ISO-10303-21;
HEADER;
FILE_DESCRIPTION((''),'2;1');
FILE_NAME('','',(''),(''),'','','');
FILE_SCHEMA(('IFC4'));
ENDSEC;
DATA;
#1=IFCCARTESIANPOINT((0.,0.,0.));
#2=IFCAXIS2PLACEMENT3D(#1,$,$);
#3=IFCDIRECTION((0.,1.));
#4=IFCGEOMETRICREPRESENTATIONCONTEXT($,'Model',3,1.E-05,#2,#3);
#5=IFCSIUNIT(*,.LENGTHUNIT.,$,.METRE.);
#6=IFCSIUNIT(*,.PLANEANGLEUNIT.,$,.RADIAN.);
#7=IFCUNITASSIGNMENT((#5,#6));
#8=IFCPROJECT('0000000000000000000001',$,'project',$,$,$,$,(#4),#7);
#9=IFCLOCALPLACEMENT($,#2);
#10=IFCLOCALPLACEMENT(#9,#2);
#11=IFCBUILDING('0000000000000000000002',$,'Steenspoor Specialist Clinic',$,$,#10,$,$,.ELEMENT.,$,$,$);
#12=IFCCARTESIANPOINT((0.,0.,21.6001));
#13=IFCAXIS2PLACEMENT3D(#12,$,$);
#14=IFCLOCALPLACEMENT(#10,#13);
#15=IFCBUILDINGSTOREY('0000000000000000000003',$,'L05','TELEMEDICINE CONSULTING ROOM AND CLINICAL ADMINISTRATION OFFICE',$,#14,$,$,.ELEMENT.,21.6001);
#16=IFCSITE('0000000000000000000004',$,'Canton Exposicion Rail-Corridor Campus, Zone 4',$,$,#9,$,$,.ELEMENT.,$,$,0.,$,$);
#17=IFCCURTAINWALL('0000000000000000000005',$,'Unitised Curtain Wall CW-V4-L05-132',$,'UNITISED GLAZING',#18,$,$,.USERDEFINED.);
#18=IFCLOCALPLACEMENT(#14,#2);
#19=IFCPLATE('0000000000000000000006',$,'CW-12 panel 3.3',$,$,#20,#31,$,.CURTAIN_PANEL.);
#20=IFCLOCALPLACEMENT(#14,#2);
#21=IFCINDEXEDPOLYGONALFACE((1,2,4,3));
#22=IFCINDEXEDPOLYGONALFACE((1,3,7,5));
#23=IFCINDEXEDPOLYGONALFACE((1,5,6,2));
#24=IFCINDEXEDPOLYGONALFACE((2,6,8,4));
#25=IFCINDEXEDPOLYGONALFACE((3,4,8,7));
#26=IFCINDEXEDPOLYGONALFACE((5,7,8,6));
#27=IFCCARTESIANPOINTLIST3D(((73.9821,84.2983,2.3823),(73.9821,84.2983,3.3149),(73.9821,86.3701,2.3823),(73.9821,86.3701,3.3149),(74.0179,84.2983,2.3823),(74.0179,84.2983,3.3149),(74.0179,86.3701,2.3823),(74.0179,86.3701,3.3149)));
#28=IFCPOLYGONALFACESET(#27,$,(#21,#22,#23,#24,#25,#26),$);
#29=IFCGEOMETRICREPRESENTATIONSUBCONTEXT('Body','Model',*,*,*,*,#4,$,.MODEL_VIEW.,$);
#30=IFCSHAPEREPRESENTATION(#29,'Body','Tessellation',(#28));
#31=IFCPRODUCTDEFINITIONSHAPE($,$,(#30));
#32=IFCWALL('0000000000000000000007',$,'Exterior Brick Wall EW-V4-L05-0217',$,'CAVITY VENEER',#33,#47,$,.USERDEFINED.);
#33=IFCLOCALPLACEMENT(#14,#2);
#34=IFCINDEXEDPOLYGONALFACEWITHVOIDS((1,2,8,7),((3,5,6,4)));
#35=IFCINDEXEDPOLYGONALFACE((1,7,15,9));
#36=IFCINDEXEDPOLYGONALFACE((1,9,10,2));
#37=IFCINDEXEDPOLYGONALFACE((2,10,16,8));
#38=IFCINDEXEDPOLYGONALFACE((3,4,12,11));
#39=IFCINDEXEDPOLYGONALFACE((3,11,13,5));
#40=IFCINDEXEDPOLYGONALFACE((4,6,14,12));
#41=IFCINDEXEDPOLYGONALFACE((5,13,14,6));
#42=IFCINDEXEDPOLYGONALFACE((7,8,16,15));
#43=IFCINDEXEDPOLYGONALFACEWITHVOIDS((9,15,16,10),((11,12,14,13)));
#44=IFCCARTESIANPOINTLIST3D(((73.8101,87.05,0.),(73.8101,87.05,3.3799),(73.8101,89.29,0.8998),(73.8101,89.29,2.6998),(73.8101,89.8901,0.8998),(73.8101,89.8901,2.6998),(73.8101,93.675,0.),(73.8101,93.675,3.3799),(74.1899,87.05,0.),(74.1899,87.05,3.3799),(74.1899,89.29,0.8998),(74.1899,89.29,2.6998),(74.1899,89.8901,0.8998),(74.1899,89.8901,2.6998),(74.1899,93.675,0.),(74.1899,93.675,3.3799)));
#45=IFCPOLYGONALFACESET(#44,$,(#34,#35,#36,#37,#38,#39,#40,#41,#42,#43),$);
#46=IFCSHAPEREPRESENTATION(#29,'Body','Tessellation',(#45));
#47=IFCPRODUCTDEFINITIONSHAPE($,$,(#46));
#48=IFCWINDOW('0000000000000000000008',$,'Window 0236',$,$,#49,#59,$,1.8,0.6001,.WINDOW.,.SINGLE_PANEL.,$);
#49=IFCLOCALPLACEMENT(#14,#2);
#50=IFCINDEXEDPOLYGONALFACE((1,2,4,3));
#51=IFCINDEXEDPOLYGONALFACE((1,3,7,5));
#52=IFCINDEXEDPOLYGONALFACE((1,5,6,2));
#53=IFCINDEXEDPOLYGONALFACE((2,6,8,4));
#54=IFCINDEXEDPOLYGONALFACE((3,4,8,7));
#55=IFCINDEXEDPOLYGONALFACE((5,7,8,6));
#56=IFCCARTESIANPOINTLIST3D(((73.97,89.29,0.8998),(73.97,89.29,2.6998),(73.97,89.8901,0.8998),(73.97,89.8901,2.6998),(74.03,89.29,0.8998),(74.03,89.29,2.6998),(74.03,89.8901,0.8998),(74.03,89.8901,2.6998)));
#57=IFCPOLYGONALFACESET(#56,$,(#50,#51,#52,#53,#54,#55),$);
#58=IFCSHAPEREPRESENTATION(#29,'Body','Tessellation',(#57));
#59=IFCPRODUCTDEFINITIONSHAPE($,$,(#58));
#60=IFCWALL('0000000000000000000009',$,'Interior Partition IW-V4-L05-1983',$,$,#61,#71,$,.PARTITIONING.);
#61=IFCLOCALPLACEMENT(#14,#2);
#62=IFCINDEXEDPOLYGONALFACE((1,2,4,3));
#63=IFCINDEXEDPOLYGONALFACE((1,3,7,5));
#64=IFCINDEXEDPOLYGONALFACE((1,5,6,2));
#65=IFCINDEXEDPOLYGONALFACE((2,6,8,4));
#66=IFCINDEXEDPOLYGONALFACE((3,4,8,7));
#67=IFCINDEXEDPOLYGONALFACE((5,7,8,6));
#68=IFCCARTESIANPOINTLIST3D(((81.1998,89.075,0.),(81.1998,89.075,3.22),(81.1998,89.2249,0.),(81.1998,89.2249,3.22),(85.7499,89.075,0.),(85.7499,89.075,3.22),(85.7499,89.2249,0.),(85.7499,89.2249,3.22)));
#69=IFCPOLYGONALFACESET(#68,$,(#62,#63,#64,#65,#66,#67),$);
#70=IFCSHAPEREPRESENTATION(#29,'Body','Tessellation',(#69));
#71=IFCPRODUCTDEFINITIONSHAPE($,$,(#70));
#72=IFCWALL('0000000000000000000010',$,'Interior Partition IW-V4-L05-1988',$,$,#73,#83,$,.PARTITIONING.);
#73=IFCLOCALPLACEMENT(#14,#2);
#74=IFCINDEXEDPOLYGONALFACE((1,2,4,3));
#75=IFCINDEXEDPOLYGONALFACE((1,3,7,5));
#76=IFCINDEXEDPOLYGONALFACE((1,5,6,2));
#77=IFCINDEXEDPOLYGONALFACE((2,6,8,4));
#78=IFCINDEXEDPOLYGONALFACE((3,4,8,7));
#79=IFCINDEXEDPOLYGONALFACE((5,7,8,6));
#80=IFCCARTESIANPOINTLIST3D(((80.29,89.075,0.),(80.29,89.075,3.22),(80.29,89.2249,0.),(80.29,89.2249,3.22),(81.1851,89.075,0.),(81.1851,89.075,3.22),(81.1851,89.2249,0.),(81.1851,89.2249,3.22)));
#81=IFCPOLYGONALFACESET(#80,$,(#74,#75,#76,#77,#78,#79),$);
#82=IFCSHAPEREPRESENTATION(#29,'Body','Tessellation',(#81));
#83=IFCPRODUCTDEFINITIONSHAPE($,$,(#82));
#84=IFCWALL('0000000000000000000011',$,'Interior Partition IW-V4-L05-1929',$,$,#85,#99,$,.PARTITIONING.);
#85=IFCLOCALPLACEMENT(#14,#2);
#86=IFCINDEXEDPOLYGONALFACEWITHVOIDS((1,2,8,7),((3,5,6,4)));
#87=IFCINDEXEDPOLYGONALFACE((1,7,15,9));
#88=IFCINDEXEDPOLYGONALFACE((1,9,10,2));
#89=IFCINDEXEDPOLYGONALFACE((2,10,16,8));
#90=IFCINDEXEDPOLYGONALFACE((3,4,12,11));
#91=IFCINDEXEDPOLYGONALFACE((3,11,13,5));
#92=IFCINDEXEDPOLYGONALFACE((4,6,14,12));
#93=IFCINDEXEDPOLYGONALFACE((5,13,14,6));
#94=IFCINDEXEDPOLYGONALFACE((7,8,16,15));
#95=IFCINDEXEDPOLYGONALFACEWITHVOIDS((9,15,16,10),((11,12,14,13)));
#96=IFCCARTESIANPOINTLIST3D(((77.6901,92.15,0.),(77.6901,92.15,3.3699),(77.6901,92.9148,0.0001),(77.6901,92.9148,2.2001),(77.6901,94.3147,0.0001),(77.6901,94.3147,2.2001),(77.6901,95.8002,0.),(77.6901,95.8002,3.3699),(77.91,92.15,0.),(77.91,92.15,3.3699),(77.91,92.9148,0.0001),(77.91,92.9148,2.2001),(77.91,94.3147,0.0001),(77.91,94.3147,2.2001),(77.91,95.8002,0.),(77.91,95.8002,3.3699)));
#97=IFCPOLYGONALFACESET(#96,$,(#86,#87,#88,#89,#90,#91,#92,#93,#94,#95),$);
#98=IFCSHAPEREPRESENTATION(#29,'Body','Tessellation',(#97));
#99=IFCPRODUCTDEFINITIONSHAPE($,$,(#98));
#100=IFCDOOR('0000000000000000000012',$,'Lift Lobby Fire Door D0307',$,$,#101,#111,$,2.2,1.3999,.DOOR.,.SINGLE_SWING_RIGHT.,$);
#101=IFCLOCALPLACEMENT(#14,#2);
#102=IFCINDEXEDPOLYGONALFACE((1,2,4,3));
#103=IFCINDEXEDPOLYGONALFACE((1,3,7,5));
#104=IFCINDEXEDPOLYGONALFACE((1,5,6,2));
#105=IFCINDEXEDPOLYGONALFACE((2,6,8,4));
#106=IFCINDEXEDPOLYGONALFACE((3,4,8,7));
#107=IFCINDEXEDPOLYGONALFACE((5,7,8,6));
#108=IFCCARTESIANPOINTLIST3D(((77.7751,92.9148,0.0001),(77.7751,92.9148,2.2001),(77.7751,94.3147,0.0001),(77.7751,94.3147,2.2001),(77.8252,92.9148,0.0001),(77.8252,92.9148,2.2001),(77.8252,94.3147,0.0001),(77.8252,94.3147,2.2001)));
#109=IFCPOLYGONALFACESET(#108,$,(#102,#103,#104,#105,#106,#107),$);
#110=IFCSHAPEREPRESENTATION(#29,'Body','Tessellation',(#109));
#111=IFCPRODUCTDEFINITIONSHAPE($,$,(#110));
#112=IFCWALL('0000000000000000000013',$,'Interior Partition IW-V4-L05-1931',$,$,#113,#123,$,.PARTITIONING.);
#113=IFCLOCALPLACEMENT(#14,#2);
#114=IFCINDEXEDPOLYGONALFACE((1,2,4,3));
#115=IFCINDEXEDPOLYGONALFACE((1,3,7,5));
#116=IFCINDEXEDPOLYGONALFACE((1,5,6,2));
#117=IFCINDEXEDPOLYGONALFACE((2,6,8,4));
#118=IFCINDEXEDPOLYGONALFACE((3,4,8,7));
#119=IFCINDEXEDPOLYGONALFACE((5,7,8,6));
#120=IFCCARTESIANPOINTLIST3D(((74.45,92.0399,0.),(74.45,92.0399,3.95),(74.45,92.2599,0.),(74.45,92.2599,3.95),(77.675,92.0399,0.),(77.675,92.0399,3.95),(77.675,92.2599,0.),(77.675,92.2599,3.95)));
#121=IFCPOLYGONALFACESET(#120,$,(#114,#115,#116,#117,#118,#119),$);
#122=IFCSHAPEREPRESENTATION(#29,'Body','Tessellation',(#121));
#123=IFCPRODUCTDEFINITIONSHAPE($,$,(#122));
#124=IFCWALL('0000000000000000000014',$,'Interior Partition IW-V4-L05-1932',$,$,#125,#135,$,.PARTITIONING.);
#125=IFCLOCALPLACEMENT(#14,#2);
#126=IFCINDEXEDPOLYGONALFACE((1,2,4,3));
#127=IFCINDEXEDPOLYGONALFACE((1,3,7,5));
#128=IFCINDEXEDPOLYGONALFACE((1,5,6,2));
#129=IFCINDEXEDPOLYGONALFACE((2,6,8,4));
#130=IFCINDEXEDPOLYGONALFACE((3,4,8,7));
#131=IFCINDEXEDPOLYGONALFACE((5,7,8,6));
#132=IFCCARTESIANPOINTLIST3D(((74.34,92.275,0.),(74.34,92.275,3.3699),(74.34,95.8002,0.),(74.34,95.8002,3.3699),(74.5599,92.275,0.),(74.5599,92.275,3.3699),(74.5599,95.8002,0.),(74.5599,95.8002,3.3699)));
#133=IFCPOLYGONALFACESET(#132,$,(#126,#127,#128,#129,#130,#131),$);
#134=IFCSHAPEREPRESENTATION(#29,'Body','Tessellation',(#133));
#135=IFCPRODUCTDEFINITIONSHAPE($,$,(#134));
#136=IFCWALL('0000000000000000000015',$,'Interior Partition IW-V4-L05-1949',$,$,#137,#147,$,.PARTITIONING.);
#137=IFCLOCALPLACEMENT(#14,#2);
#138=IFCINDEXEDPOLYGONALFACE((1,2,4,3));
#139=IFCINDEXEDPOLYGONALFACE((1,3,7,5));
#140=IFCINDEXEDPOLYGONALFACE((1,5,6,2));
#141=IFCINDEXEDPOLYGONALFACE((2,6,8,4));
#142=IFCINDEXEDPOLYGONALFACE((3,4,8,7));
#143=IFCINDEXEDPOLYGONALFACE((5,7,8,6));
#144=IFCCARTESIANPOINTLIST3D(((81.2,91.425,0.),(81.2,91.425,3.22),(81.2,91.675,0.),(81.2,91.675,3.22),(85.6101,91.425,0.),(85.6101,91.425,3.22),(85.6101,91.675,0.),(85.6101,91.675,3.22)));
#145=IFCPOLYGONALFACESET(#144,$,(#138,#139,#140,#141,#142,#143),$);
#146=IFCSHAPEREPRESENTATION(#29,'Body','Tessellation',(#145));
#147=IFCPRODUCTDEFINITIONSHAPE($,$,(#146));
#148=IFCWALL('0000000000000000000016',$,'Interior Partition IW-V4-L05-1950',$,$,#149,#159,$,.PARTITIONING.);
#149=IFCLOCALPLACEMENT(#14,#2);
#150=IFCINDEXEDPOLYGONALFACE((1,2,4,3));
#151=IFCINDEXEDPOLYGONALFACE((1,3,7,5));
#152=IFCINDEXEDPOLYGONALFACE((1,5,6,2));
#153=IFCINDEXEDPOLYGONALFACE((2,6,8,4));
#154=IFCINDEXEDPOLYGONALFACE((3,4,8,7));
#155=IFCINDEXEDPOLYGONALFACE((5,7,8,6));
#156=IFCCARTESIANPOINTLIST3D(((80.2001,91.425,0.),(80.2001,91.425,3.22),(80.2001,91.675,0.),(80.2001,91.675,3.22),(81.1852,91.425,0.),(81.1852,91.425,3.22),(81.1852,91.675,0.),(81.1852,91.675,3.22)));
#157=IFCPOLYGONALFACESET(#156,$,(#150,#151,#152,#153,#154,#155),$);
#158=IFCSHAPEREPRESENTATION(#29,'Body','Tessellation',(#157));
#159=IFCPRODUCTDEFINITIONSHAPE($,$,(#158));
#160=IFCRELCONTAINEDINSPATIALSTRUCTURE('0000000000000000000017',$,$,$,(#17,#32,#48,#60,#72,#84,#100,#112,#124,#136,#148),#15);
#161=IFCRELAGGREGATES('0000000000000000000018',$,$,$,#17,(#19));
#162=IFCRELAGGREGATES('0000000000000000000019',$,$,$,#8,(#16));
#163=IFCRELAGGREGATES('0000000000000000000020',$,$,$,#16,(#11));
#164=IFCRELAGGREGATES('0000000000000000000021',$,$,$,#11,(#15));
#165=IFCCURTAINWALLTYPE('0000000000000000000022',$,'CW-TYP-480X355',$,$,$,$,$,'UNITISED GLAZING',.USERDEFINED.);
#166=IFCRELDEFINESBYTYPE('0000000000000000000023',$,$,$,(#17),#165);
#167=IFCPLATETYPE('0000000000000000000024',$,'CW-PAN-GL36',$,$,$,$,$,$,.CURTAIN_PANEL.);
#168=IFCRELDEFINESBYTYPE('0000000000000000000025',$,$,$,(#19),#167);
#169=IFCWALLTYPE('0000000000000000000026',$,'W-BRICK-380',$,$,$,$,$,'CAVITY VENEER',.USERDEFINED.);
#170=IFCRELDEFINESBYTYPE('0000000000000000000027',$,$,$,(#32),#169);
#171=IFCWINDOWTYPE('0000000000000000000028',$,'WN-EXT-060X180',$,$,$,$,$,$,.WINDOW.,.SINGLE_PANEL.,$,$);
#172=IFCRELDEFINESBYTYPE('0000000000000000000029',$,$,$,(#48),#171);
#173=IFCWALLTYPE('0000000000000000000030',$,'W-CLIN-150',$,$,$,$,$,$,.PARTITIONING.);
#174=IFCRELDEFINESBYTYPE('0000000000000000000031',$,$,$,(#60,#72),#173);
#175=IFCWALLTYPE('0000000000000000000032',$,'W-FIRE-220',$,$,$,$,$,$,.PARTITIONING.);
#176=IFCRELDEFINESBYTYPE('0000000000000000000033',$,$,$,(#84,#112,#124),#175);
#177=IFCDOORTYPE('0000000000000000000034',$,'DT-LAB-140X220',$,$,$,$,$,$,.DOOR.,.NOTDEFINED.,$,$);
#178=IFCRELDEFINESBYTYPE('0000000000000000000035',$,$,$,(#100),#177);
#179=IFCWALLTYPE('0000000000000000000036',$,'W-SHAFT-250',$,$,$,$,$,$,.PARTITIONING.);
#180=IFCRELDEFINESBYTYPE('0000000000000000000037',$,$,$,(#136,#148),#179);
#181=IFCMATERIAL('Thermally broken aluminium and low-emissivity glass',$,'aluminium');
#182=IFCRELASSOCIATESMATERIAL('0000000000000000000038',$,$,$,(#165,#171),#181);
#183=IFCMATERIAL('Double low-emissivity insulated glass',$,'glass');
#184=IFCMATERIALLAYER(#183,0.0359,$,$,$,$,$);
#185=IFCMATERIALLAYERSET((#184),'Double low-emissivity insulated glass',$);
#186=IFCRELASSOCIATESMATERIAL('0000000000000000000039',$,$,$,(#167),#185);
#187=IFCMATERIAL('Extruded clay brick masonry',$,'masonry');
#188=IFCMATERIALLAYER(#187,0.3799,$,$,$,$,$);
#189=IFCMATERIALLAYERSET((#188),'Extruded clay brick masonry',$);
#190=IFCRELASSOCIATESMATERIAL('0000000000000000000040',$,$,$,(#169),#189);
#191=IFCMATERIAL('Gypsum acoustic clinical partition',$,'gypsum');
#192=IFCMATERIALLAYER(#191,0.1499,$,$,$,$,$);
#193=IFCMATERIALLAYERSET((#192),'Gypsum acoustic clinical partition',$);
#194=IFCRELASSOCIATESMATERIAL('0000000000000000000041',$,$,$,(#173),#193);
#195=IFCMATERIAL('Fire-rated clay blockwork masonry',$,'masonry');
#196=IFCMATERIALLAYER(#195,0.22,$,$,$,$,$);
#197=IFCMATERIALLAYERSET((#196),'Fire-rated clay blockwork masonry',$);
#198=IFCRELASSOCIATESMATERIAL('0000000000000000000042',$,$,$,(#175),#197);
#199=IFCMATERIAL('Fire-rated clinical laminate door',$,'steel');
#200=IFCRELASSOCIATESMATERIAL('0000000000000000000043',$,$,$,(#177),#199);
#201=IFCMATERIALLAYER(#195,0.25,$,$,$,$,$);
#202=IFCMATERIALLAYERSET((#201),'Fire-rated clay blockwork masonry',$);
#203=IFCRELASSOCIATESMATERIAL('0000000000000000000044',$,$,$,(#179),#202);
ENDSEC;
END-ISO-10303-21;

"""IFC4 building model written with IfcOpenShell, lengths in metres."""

from ifc_helpers import new_model, si_unit, direction, frame, frame_2d, origin, origin_2d, place, context, subcontext, project, spatial, rectangle, extrude, material, layer, layer_set, type_object, element, fill, aggregate, save


model = new_model("IFC4")

# Units and contexts
model_context = context("Model", 3, precision=1e-05, world=origin(), true_north=direction((0.0, 1.0)))
body_context = subcontext(model_context, "Body", "Model", "MODEL_VIEW")
ifc_project = project(units=[si_unit("LENGTHUNIT", "METRE"), si_unit("PLANEANGLEUNIT", "RADIAN")], contexts=[model_context])

# Site, building, storey
site_placement = place(None, origin())
site = spatial("IfcSite", under=ifc_project, at=site_placement, Name="Canton Exposicion Rail-Corridor Campus, Zone 4", CompositionType="ELEMENT", RefElevation=0.0)
building_placement = place(site_placement, origin())
building = spatial("IfcBuilding", under=site, at=building_placement, Name="Steenspoor Specialist Clinic", CompositionType="ELEMENT")
storey_placement = place(building_placement, frame((0.0, 0.0, 21.6001)))
storey = spatial("IfcBuildingStorey", under=building, at=storey_placement, Name="L05", Description="TELEMEDICINE CONSULTING ROOM AND CLINICAL ADMINISTRATION OFFICE", CompositionType="ELEMENT", Elevation=21.6001)

# Curtain wall, plate
ifc_material_1 = material(Name="Thermally broken aluminium and low-emissivity glass", Category="aluminium")
curtain_wall_type = type_object("IfcCurtainWallType", Name="CW-TYP-480X355", ElementType="UNITISED GLAZING", PredefinedType="USERDEFINED", material=ifc_material_1)
curtain_wall_placement = place(storey_placement, origin())
curtain_wall = element("IfcCurtainWall", 1, at=curtain_wall_placement, inside=storey, type_object=curtain_wall_type, Name="Unitised Curtain Wall CW-V4-L05-132", ObjectType="UNITISED GLAZING", PredefinedType="USERDEFINED")
ifc_material_2 = material(Name="Double low-emissivity insulated glass", Category="glass")
ifc_layer_1 = layer(ifc_material_2, 0.0359)
ifc_layer_set_1 = layer_set([ifc_layer_1], Name="Double low-emissivity insulated glass")
plate_type = type_object("IfcPlateType", Name="CW-PAN-GL36", PredefinedType="CURTAIN_PANEL", material=ifc_layer_set_1)
plate_1_placement = place(storey_placement, frame((74.0, 85.3342, 2.3823), z_axis=(0.0, 0.0, 1.0), x_axis=(0.0, 1.0, 0.0)))
plate_1 = element("IfcPlate", 2, at=plate_1_placement, type_object=plate_type, Name="CW-12 panel 3.3", PredefinedType="CURTAIN_PANEL", context=body_context, shape_type="SweptSolid", body=[
    extrude(rectangle(XDim=2.0718, YDim=0.0359, at=origin_2d()), origin(), (0.0, 0.0, 1.0), 0.9326),
])
aggregate(curtain_wall, [plate_1])

# Wall, opening, window
ifc_material_3 = material(Name="Extruded clay brick masonry", Category="masonry")
ifc_layer_2 = layer(ifc_material_3, 0.3799)
ifc_layer_set_2 = layer_set([ifc_layer_2], Name="Extruded clay brick masonry")
wall_type_1 = type_object("IfcWallType", Name="W-BRICK-380", ElementType="CAVITY VENEER", PredefinedType="USERDEFINED", material=ifc_layer_set_2)
wall_1_placement = place(storey_placement, frame((74.0, 87.05, 0.0), z_axis=(0.0, 0.0, 1.0), x_axis=(0.0, 1.0, 0.0)))
wall_1 = element("IfcWall", 3, at=wall_1_placement, inside=storey, type_object=wall_type_1, Name="Exterior Brick Wall EW-V4-L05-0217", ObjectType="CAVITY VENEER", PredefinedType="USERDEFINED", context=body_context, shape_type="SweptSolid", body=[
    extrude(rectangle(XDim=6.625, YDim=0.3799, at=frame_2d((3.3125, 0.0))), origin(), (0.0, 0.0, 1.0), 3.3799),
])
opening_1_placement = place(wall_1_placement, frame((2.24, 0.0, 0.8999)))
opening_1 = element("IfcOpeningElement", 4, at=opening_1_placement, cuts=wall_1, PredefinedType="OPENING", context=body_context, shape_type="SweptSolid", body=[
    extrude(rectangle(XDim=0.6001, YDim=1.8, at=frame_2d((0.3, 0.8999))), frame((0.0, 0.2, 0.0), z_axis=(0.0, -1.0, 0.0), x_axis=(1.0, 0.0, 0.0)), (0.0, 0.0, 1.0), 0.3999),
])
window_type = type_object("IfcWindowType", Name="WN-EXT-060X180", PartitioningType="SINGLE_PANEL", PredefinedType="WINDOW", material=ifc_material_1)
window_placement = place(opening_1_placement, origin())
window = element("IfcWindow", 5, at=window_placement, inside=storey, type_object=window_type, Name="Window 0236", OverallHeight=1.8, OverallWidth=0.6001, PartitioningType="SINGLE_PANEL", PredefinedType="WINDOW", context=body_context, shape_type="SweptSolid", body=[
    extrude(rectangle(XDim=0.6001, YDim=1.8, at=frame_2d((0.3, 0.8999))), frame((0.0, 0.03, 0.0), z_axis=(0.0, -1.0, 0.0), x_axis=(1.0, 0.0, 0.0)), (0.0, 0.0, 1.0), 0.0601),
])
fill(opening_1, window)

# Walls
ifc_material_4 = material(Name="Gypsum acoustic clinical partition", Category="gypsum")
ifc_layer_3 = layer(ifc_material_4, 0.1499)
ifc_layer_set_3 = layer_set([ifc_layer_3], Name="Gypsum acoustic clinical partition")
wall_type_2 = type_object("IfcWallType", Name="W-CLIN-150", PredefinedType="PARTITIONING", material=ifc_layer_set_3)
wall_2_placement = place(storey_placement, frame((81.2, 89.1499, 0.0), z_axis=(0.0, 0.0, 1.0), x_axis=(1.0, 0.0, 0.0)))
element("IfcWall", 6, at=wall_2_placement, inside=storey, type_object=wall_type_2, Name="Interior Partition IW-V4-L05-1983", PredefinedType="PARTITIONING", context=body_context, shape_type="SweptSolid", body=[
    extrude(rectangle(XDim=4.55, YDim=0.1499, at=frame_2d((2.2749, 0.0))), origin(), (0.0, 0.0, 1.0), 3.22),
])
wall_3_placement = place(storey_placement, frame((80.29, 89.1499, 0.0), z_axis=(0.0, 0.0, 1.0), x_axis=(1.0, 0.0, 0.0)))
element("IfcWall", 7, at=wall_3_placement, inside=storey, type_object=wall_type_2, Name="Interior Partition IW-V4-L05-1988", PredefinedType="PARTITIONING", context=body_context, shape_type="SweptSolid", body=[
    extrude(rectangle(XDim=0.895, YDim=0.1499, at=frame_2d((0.4475, 0.0))), origin(), (0.0, 0.0, 1.0), 3.22),
])

# Wall, opening, door
ifc_material_5 = material(Name="Fire-rated clay blockwork masonry", Category="masonry")
ifc_layer_4 = layer(ifc_material_5, 0.22)
ifc_layer_set_4 = layer_set([ifc_layer_4], Name="Fire-rated clay blockwork masonry")
wall_type_3 = type_object("IfcWallType", Name="W-FIRE-220", PredefinedType="PARTITIONING", material=ifc_layer_set_4)
wall_4_placement = place(storey_placement, frame((77.8, 92.1499, 0.0), z_axis=(0.0, 0.0, 1.0), x_axis=(0.0, 1.0, 0.0)))
wall_4 = element("IfcWall", 8, at=wall_4_placement, inside=storey, type_object=wall_type_3, Name="Interior Partition IW-V4-L05-1929", PredefinedType="PARTITIONING", context=body_context, shape_type="SweptSolid", body=[
    extrude(rectangle(XDim=3.6501, YDim=0.22, at=frame_2d((1.8252, 0.0))), origin(), (0.0, 0.0, 1.0), 3.3699),
])
opening_2_placement = place(wall_4_placement, frame((0.7649, 0.0, 0.0)))
opening_2 = element("IfcOpeningElement", 9, at=opening_2_placement, cuts=wall_4, PredefinedType="OPENING", context=body_context, shape_type="SweptSolid", body=[
    extrude(rectangle(XDim=1.3999, YDim=2.2, at=frame_2d((0.7, 1.1001))), frame((0.0, 0.1201, 0.0), z_axis=(0.0, -1.0, 0.0), x_axis=(1.0, 0.0, 0.0)), (0.0, 0.0, 1.0), 0.24),
])
ifc_material_6 = material(Name="Fire-rated clinical laminate door", Category="steel")
door_type_1 = type_object("IfcDoorType", Name="DT-LAB-140X220", OperationType="NOTDEFINED", PredefinedType="DOOR", material=ifc_material_6)
door_1_placement = place(opening_2_placement, origin())
door_1 = element("IfcDoor", 10, at=door_1_placement, inside=storey, type_object=door_type_1, Name="Lift Lobby Fire Door D0307", OperationType="SINGLE_SWING_RIGHT", OverallHeight=2.2, OverallWidth=1.3999, PredefinedType="DOOR", context=body_context, shape_type="SweptSolid", body=[
    extrude(rectangle(XDim=1.3999, YDim=2.2, at=frame_2d((0.7, 1.1001))), frame((0.0, 0.0249, 0.0), z_axis=(0.0, -1.0, 0.0), x_axis=(1.0, 0.0, 0.0)), (0.0, 0.0, 1.0), 0.05),
])
fill(opening_2, door_1)

# Walls
wall_5_placement = place(storey_placement, frame((74.45, 92.1499, 0.0), z_axis=(0.0, 0.0, 1.0), x_axis=(1.0, 0.0, 0.0)))
element("IfcWall", 11, at=wall_5_placement, inside=storey, type_object=wall_type_3, Name="Interior Partition IW-V4-L05-1931", PredefinedType="PARTITIONING", context=body_context, shape_type="SweptSolid", body=[
    extrude(rectangle(XDim=3.2251, YDim=0.22, at=frame_2d((1.6125, 0.0))), origin(), (0.0, 0.0, 1.0), 3.95),
])
wall_6_placement = place(storey_placement, frame((74.45, 92.2749, 0.0), z_axis=(0.0, 0.0, 1.0), x_axis=(0.0, 1.0, 0.0)))
element("IfcWall", 12, at=wall_6_placement, inside=storey, type_object=wall_type_3, Name="Interior Partition IW-V4-L05-1932", PredefinedType="PARTITIONING", context=body_context, shape_type="SweptSolid", body=[
    extrude(rectangle(XDim=3.5251, YDim=0.22, at=frame_2d((1.7627, 0.0))), origin(), (0.0, 0.0, 1.0), 3.3699),
])
ifc_layer_5 = layer(ifc_material_5, 0.25)
ifc_layer_set_5 = layer_set([ifc_layer_5], Name="Fire-rated clay blockwork masonry")
wall_type_4 = type_object("IfcWallType", Name="W-SHAFT-250", PredefinedType="PARTITIONING", material=ifc_layer_set_5)
wall_7_placement = place(storey_placement, frame((81.2, 91.55, 0.0), z_axis=(0.0, 0.0, 1.0), x_axis=(1.0, 0.0, 0.0)))
element("IfcWall", 13, at=wall_7_placement, inside=storey, type_object=wall_type_4, Name="Interior Partition IW-V4-L05-1949", PredefinedType="PARTITIONING", context=body_context, shape_type="SweptSolid", body=[
    extrude(rectangle(XDim=4.4102, YDim=0.25, at=frame_2d((2.2051, 0.0))), origin(), (0.0, 0.0, 1.0), 3.22),
])
wall_8_placement = place(storey_placement, frame((80.2, 91.55, 0.0), z_axis=(0.0, 0.0, 1.0), x_axis=(1.0, 0.0, 0.0)))
element("IfcWall", 14, at=wall_8_placement, inside=storey, type_object=wall_type_4, Name="Interior Partition IW-V4-L05-1950", PredefinedType="PARTITIONING", context=body_context, shape_type="SweptSolid", body=[
    extrude(rectangle(XDim=0.9851, YDim=0.25, at=frame_2d((0.4927, 0.0))), origin(), (0.0, 0.0, 1.0), 3.22),
])

save(model, "model.ifc")
